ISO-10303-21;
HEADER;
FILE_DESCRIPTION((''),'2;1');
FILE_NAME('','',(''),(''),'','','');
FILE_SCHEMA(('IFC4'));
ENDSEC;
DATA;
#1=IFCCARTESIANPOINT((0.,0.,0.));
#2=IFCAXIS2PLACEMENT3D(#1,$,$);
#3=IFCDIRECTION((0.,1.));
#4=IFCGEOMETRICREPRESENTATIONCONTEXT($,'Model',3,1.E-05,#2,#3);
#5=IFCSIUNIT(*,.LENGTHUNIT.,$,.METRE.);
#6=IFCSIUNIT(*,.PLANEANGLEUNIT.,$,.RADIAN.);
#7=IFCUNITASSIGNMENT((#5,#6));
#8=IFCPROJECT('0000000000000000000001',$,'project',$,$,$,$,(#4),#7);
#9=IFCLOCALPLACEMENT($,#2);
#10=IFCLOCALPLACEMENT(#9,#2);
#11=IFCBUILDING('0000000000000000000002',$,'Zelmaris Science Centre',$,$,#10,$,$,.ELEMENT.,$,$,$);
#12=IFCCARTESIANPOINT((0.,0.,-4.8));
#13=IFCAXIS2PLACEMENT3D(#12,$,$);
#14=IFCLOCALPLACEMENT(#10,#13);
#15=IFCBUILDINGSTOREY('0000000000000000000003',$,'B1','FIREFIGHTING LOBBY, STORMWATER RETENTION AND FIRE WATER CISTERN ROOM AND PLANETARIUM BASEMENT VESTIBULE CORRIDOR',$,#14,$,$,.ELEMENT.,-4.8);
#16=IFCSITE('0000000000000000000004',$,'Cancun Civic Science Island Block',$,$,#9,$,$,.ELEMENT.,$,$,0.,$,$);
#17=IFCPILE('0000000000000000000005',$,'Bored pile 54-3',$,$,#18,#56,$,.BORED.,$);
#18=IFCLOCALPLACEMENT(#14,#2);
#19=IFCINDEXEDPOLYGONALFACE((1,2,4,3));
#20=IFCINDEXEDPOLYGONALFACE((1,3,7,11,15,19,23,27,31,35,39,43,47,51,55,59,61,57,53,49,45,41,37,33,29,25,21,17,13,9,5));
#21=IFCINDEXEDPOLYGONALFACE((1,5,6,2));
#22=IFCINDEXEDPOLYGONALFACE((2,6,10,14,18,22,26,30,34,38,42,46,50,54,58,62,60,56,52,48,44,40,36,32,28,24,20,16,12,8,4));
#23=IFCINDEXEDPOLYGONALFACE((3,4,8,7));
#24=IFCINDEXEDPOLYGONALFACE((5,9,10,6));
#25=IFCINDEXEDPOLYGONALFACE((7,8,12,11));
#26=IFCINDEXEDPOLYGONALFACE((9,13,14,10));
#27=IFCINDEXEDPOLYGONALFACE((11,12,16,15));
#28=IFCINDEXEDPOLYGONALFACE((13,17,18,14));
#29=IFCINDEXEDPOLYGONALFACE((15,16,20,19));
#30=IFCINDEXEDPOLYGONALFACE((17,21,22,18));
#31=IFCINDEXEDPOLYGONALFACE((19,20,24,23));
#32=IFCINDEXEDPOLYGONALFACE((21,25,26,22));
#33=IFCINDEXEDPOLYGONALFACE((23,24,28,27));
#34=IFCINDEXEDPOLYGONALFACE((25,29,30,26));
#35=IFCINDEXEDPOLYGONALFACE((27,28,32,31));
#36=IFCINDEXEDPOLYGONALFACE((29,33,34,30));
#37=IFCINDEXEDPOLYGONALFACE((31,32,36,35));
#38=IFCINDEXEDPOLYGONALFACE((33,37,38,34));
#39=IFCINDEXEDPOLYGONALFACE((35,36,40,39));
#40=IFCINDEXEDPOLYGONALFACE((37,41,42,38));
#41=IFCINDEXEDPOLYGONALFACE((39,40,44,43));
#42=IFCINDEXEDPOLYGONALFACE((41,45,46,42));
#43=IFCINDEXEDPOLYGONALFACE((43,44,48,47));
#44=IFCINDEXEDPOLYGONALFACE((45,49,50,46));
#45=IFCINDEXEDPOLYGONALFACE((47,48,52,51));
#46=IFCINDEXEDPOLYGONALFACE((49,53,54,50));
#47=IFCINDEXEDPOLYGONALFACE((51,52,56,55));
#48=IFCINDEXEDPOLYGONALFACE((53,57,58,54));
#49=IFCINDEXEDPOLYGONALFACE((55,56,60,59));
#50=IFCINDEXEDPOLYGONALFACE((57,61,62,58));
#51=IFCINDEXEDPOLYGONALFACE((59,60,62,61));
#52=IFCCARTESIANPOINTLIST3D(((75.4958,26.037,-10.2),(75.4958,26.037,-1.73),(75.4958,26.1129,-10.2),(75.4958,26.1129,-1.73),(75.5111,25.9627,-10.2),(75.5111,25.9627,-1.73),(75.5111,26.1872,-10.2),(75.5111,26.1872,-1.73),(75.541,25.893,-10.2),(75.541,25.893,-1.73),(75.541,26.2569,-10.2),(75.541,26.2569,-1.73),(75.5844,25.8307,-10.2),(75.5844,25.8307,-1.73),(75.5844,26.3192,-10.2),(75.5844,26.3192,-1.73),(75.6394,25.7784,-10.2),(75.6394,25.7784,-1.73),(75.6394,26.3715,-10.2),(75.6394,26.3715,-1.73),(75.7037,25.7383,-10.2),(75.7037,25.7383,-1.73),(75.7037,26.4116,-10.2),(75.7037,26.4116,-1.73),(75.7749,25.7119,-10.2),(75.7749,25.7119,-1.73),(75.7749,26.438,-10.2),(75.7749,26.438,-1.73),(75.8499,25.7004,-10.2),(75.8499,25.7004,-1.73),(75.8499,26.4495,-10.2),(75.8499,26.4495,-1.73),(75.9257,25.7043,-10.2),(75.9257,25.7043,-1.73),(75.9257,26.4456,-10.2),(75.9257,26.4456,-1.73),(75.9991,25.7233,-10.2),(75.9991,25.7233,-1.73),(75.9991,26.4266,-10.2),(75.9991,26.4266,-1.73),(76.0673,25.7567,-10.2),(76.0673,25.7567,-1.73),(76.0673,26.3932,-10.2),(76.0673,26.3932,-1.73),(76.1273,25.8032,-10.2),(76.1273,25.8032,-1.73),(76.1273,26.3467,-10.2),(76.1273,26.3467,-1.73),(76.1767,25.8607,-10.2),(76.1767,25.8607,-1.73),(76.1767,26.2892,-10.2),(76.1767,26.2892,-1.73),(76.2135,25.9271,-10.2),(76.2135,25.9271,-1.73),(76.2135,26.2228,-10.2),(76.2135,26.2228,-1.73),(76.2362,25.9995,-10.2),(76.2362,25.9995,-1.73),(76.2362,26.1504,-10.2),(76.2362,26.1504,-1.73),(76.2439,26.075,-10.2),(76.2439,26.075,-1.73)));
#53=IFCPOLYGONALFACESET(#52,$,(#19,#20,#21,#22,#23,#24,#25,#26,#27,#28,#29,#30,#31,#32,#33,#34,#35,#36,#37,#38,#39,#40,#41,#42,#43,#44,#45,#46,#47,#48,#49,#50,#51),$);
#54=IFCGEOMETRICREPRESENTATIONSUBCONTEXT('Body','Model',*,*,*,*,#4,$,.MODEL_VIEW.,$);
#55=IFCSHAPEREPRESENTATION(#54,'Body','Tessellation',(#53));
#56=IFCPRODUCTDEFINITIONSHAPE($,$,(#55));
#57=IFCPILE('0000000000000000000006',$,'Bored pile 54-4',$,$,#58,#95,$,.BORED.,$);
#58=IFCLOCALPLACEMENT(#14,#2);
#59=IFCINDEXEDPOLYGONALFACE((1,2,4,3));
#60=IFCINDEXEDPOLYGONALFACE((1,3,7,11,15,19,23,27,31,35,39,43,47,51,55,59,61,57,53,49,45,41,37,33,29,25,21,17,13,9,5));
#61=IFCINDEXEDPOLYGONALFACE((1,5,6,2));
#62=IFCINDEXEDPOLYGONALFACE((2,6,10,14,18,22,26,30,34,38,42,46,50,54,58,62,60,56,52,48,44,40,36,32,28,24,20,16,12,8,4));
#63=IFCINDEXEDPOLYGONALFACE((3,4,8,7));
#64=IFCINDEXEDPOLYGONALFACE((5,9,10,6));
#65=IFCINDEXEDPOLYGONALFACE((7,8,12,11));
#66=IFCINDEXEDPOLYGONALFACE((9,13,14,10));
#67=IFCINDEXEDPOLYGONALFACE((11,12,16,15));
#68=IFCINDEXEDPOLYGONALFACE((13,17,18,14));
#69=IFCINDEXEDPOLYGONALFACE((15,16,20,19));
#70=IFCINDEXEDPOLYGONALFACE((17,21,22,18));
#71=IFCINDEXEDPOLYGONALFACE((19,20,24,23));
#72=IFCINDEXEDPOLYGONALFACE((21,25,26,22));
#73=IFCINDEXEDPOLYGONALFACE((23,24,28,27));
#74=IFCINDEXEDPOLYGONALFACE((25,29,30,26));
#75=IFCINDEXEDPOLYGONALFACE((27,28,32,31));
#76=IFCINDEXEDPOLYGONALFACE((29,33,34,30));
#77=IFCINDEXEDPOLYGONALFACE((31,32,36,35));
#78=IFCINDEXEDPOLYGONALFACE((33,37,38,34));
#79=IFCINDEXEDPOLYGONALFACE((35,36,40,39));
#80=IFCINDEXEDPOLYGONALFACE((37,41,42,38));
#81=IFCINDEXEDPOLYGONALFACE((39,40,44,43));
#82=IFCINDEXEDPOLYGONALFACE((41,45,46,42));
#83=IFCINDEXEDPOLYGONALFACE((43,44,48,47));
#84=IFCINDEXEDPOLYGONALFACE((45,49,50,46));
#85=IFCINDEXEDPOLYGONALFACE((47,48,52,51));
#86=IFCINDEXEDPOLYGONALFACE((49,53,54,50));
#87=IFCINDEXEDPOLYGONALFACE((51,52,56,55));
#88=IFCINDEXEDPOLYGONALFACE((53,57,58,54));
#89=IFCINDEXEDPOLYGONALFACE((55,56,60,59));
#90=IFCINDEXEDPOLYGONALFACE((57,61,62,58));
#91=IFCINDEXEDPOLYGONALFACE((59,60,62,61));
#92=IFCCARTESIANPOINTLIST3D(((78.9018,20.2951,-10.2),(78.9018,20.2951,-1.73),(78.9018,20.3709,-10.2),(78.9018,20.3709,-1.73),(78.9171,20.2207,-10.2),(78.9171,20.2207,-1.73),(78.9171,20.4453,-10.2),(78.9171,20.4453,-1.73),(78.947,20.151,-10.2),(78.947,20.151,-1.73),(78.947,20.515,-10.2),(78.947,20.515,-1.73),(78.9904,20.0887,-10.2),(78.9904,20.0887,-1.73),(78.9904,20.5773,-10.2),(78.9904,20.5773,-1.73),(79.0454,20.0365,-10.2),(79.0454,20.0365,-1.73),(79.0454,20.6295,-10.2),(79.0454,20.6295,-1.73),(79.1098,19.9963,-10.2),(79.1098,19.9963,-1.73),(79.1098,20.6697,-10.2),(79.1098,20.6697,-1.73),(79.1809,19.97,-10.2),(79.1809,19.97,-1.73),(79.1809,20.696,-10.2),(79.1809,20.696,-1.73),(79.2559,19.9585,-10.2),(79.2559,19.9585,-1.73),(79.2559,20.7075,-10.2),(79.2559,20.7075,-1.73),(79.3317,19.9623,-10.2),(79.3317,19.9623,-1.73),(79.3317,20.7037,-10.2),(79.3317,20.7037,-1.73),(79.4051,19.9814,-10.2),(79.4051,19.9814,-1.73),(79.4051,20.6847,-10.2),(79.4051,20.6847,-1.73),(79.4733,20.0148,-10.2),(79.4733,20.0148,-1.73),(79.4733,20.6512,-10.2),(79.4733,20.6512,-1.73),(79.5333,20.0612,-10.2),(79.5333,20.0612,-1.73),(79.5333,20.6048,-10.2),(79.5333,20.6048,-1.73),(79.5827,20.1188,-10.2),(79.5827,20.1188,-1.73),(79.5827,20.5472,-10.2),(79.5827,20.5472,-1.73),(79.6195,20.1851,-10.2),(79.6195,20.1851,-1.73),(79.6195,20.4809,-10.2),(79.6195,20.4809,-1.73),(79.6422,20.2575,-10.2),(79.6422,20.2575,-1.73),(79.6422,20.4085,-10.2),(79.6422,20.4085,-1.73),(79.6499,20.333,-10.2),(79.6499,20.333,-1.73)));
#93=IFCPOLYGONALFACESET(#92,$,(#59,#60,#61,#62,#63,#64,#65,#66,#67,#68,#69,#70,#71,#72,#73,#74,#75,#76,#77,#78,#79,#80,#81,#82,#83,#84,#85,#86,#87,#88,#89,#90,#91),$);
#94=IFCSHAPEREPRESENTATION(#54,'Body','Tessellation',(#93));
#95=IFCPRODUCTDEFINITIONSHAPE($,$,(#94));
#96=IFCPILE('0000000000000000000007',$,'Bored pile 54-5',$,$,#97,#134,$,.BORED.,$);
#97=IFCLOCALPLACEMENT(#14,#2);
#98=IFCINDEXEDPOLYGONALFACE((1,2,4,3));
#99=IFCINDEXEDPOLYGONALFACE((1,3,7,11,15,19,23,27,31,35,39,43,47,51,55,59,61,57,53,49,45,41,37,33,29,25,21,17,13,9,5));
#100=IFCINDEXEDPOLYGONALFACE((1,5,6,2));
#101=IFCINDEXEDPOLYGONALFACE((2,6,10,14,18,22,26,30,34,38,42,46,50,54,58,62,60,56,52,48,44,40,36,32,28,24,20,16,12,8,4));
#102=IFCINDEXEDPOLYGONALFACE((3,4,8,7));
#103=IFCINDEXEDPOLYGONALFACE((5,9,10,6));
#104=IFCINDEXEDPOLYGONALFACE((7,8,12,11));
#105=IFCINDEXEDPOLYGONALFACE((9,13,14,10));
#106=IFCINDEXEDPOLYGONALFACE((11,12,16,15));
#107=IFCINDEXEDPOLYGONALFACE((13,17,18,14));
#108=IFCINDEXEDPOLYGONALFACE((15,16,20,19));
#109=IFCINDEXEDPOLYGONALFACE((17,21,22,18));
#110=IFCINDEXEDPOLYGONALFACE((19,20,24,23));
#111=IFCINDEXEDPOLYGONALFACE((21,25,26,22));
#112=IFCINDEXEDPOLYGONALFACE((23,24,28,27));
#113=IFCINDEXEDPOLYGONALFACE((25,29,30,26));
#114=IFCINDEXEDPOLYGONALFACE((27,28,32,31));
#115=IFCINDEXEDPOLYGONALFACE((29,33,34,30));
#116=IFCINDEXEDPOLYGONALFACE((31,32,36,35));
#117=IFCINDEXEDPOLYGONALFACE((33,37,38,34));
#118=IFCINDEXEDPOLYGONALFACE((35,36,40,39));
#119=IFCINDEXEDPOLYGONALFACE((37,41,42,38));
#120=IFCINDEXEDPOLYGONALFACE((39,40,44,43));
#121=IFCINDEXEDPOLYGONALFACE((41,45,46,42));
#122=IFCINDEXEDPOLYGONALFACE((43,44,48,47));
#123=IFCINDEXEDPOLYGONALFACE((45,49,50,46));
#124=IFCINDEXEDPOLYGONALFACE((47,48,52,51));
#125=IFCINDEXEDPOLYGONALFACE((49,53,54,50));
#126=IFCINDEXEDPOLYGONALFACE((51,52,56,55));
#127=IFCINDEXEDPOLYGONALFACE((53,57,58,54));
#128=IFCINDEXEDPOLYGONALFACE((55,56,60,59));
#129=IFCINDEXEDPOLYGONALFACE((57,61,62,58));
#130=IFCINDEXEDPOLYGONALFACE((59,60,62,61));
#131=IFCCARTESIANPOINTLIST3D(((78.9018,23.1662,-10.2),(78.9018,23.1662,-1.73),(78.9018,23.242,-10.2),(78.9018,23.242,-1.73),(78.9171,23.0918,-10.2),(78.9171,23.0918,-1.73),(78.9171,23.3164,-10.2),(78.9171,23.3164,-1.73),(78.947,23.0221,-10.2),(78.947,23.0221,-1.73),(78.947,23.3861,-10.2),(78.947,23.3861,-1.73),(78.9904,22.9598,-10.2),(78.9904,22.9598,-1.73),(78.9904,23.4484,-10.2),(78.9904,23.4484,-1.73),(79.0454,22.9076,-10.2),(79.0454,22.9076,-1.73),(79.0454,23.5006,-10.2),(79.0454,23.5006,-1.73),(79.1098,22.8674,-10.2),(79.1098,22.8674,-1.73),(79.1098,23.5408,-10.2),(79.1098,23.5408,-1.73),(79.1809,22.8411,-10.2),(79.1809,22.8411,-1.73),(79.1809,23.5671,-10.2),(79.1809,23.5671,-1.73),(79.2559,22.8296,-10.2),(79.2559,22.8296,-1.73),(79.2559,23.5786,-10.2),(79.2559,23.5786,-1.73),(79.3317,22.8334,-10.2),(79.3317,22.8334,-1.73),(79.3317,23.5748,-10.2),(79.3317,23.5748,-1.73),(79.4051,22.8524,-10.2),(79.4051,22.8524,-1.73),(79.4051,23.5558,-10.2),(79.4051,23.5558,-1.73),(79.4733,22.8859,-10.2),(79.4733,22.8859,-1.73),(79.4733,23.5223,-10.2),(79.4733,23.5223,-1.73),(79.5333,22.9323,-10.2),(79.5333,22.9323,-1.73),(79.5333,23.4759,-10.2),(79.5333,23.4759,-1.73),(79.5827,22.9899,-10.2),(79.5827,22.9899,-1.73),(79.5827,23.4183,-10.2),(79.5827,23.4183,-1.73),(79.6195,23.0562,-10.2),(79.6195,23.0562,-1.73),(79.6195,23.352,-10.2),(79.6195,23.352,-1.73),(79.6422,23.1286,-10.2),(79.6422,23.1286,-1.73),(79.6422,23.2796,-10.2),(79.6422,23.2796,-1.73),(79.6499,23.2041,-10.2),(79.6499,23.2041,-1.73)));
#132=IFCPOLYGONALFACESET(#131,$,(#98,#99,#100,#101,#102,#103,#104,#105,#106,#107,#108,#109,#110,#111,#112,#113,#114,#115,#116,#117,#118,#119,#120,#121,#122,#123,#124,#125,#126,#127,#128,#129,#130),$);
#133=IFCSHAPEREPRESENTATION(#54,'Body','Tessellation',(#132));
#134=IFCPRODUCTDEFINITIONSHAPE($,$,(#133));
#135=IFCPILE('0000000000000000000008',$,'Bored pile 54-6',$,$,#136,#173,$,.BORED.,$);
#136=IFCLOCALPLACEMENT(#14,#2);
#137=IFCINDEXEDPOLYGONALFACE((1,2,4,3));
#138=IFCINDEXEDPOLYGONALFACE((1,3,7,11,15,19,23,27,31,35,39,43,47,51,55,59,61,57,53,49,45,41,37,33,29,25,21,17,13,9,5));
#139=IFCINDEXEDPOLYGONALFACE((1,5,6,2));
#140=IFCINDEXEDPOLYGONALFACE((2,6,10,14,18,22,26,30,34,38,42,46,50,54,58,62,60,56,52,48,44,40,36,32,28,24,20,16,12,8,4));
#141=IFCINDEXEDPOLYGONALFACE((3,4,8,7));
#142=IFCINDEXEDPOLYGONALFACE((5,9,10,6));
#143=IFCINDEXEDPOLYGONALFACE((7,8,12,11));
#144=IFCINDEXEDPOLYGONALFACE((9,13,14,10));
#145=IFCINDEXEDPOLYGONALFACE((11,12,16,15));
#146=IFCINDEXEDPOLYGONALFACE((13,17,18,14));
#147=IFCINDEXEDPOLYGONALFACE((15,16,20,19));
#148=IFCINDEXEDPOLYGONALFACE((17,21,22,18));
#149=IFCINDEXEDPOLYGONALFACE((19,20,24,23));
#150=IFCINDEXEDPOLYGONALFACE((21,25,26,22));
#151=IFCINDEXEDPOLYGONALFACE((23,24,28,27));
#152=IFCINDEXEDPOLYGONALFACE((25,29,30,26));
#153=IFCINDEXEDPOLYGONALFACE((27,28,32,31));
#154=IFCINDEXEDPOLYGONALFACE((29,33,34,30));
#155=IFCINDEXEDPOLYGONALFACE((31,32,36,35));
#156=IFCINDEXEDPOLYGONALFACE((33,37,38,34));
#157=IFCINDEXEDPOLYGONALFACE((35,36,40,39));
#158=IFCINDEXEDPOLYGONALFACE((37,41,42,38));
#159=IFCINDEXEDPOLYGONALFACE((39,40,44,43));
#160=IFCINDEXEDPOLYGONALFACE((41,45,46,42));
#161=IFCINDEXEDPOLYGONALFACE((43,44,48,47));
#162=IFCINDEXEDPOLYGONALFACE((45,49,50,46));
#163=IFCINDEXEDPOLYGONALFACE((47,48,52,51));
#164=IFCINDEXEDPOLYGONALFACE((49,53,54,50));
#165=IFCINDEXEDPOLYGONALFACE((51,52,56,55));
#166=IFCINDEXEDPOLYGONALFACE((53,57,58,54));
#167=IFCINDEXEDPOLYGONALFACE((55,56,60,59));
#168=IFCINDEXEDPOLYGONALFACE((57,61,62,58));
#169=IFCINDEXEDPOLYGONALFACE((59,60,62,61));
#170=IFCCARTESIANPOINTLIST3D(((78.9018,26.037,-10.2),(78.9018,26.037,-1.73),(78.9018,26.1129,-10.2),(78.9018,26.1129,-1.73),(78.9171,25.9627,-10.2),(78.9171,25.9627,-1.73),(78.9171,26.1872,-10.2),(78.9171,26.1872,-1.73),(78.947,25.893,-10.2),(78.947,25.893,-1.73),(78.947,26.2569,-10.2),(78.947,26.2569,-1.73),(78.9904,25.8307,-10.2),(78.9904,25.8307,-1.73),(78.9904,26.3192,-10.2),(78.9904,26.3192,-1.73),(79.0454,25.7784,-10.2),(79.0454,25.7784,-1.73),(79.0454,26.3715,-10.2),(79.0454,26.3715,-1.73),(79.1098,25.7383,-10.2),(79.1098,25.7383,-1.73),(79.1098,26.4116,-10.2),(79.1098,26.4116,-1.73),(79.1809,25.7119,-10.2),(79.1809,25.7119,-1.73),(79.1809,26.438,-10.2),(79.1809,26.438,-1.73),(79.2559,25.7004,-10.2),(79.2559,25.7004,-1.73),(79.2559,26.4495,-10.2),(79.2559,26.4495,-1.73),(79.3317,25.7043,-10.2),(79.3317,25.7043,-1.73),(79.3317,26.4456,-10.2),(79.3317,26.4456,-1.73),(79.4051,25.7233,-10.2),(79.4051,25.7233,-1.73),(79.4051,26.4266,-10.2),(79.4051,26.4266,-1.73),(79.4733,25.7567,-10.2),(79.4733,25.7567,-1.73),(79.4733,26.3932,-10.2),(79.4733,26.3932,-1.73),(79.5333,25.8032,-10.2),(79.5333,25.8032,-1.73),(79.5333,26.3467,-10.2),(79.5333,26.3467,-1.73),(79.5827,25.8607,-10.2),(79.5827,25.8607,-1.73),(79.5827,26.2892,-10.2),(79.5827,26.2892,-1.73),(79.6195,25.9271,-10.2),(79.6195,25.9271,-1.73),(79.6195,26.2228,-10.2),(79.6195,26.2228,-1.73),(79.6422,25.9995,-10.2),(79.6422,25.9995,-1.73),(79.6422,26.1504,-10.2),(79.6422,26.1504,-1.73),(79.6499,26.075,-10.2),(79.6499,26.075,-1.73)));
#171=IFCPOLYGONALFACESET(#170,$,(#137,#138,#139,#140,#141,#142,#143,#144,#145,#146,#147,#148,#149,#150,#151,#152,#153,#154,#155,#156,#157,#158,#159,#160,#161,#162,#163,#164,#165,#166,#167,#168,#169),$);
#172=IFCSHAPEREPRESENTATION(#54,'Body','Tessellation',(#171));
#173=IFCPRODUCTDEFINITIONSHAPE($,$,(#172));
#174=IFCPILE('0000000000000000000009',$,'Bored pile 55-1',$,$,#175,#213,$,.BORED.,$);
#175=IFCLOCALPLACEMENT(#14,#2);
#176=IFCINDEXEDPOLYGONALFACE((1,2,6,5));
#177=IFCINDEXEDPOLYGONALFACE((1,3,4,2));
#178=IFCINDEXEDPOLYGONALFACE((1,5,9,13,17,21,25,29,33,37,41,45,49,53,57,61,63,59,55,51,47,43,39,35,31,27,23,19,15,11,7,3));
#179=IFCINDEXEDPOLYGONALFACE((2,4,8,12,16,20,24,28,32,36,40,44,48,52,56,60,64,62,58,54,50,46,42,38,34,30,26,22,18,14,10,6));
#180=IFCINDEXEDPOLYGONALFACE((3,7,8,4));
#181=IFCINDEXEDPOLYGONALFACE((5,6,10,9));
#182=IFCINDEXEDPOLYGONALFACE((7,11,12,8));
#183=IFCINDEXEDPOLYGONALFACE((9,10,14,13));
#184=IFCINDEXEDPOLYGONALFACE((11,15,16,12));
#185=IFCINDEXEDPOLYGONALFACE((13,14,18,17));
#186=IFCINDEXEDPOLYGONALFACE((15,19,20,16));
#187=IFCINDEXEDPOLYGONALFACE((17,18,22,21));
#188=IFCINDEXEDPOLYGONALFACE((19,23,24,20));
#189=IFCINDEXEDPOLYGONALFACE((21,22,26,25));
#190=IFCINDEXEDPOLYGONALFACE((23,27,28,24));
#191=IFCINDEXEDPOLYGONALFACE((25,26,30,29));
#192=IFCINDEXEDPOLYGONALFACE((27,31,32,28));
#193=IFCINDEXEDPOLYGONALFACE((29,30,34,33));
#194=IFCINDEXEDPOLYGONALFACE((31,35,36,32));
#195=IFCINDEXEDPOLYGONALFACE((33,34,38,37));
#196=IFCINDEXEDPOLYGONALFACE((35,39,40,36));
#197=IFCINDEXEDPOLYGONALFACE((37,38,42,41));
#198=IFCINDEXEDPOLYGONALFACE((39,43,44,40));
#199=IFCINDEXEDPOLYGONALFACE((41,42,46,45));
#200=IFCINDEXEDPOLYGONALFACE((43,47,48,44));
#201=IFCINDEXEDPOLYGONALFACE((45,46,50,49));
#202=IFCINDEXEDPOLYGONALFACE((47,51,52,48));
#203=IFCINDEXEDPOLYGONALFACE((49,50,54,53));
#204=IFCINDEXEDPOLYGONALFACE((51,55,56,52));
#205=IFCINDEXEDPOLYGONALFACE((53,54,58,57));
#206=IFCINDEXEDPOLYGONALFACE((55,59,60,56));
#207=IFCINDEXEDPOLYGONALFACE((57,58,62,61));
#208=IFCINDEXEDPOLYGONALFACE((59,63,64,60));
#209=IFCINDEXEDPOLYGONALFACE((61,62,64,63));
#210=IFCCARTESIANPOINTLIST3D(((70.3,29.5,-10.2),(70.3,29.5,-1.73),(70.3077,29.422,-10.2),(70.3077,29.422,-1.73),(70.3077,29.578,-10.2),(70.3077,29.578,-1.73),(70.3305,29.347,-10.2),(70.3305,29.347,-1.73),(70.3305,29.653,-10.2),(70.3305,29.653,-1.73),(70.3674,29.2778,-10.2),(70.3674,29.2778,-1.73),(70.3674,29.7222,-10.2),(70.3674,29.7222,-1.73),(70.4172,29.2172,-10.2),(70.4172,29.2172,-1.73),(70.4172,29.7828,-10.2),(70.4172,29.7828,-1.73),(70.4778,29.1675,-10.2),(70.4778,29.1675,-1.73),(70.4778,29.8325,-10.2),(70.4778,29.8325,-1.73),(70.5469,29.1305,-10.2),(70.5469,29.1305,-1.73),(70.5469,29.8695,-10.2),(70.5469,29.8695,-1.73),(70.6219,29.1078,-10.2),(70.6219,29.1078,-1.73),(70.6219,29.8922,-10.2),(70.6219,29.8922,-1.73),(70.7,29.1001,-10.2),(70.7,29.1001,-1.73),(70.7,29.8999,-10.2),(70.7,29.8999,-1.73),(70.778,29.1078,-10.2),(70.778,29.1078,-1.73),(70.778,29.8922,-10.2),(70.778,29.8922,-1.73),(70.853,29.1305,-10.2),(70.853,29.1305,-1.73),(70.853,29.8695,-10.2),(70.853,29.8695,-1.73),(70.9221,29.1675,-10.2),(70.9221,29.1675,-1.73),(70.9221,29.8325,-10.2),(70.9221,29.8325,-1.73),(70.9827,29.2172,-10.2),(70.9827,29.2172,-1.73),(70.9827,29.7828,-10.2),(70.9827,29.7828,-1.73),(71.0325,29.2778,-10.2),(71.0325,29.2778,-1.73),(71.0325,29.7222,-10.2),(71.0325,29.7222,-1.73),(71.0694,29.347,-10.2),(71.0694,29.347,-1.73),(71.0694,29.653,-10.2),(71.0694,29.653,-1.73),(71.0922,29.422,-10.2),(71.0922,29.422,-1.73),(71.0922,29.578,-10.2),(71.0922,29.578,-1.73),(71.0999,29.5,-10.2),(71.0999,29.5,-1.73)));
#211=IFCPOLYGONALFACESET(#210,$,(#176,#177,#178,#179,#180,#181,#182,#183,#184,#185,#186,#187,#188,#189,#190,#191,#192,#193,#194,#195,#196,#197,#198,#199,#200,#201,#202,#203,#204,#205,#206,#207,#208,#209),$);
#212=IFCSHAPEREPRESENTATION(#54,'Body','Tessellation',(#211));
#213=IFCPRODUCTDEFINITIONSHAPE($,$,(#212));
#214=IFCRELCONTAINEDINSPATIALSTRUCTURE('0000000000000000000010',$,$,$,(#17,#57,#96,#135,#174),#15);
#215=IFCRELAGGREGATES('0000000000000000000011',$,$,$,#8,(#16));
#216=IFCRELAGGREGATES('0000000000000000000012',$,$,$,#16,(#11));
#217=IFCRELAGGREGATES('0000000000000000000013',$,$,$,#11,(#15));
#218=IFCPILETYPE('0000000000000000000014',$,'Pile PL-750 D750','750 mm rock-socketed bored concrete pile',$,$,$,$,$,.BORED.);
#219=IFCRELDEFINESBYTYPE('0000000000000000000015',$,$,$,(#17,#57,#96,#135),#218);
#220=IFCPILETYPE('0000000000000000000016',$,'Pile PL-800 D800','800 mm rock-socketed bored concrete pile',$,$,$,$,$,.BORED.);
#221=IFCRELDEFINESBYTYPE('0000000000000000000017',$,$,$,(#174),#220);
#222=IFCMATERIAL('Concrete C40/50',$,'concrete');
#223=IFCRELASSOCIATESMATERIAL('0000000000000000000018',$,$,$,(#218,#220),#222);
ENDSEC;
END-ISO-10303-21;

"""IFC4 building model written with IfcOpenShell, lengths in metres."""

from ifc_helpers import new_model, si_unit, direction, frame, origin, origin_2d, place, context, subcontext, project, spatial, circle, extrude, material, material_profile, profile_set, type_object, element, save


model = new_model("IFC4")

# Units and contexts
model_context = context("Model", 3, precision=1e-05, world=origin(), true_north=direction((0.0, 1.0)))
body_context = subcontext(model_context, "Body", "Model", "MODEL_VIEW")
ifc_project = project(units=[si_unit("LENGTHUNIT", "METRE"), si_unit("PLANEANGLEUNIT", "RADIAN")], contexts=[model_context])

# Site, building, storey
site_placement = place(None, origin())
site = spatial("IfcSite", under=ifc_project, at=site_placement, Name="Cancun Civic Science Island Block", CompositionType="ELEMENT", RefElevation=0.0)
building_placement = place(site_placement, origin())
building = spatial("IfcBuilding", under=site, at=building_placement, Name="Zelmaris Science Centre", CompositionType="ELEMENT")
storey_placement = place(building_placement, frame((0.0, 0.0, -4.8)))
storey = spatial("IfcBuildingStorey", under=building, at=storey_placement, Name="B1", Description="FIREFIGHTING LOBBY, STORMWATER RETENTION AND FIRE WATER CISTERN ROOM AND PLANETARIUM BASEMENT VESTIBULE CORRIDOR", CompositionType="ELEMENT", Elevation=-4.8)

# Shared definitions
ifc_material_1 = material(Name="Concrete C40/50", Category="concrete")

# Piles
ifc_material_profile_1 = material_profile(ifc_material_1, circle(Radius=0.375, at=origin_2d()), Name="PILE-750")
ifc_profile_set_1 = profile_set([ifc_material_profile_1], Name="Concrete C40/50")
pile_type_1 = type_object("IfcPileType", Name="Pile PL-750 D750", Description="750 mm rock-socketed bored concrete pile", PredefinedType="BORED", material=ifc_profile_set_1)
for number, where, z_axis, x_axis, name in (
    (1, (75.8689, 26.075, -1.73), (0.0, 0.0, -1.0), (1.0, 0.0, 0.0), "Bored pile 54-3"),
    (2, (79.2749, 20.333, -1.73), (0.0, 0.0, -1.0), (1.0, 0.0, 0.0), "Bored pile 54-4"),
    (3, (79.2749, 23.2041, -1.73), (0.0, 0.0, -1.0), (1.0, 0.0, 0.0), "Bored pile 54-5"),
    (4, (79.2749, 26.075, -1.73), (0.0, 0.0, -1.0), (1.0, 0.0, 0.0), "Bored pile 54-6"),
):
    element("IfcPile", number, at=place(storey_placement, frame(where, z_axis=z_axis, x_axis=x_axis)), inside=storey, type_object=pile_type_1, Name=name, PredefinedType="BORED", context=body_context, shape_type="SweptSolid", body=[
        extrude(circle(Radius=0.375, at=origin_2d()), origin(), (0.0, 0.0, 1.0), 8.47),
    ])
ifc_material_profile_2 = material_profile(ifc_material_1, circle(Radius=0.3999, at=origin_2d()), Name="PILE-800")
ifc_profile_set_2 = profile_set([ifc_material_profile_2], Name="Concrete C40/50")
pile_type_2 = type_object("IfcPileType", Name="Pile PL-800 D800", Description="800 mm rock-socketed bored concrete pile", PredefinedType="BORED", material=ifc_profile_set_2)
for number, where, z_axis, x_axis, name in (
    (5, (70.7, 29.5, -1.73), (0.0, 0.0, -1.0), (1.0, 0.0, 0.0), "Bored pile 55-1"),
):
    element("IfcPile", number, at=place(storey_placement, frame(where, z_axis=z_axis, x_axis=x_axis)), inside=storey, type_object=pile_type_2, Name=name, PredefinedType="BORED", context=body_context, shape_type="SweptSolid", body=[
        extrude(circle(Radius=0.3999, at=origin_2d()), origin(), (0.0, 0.0, 1.0), 8.47),
    ])

save(model, "model.ifc")
